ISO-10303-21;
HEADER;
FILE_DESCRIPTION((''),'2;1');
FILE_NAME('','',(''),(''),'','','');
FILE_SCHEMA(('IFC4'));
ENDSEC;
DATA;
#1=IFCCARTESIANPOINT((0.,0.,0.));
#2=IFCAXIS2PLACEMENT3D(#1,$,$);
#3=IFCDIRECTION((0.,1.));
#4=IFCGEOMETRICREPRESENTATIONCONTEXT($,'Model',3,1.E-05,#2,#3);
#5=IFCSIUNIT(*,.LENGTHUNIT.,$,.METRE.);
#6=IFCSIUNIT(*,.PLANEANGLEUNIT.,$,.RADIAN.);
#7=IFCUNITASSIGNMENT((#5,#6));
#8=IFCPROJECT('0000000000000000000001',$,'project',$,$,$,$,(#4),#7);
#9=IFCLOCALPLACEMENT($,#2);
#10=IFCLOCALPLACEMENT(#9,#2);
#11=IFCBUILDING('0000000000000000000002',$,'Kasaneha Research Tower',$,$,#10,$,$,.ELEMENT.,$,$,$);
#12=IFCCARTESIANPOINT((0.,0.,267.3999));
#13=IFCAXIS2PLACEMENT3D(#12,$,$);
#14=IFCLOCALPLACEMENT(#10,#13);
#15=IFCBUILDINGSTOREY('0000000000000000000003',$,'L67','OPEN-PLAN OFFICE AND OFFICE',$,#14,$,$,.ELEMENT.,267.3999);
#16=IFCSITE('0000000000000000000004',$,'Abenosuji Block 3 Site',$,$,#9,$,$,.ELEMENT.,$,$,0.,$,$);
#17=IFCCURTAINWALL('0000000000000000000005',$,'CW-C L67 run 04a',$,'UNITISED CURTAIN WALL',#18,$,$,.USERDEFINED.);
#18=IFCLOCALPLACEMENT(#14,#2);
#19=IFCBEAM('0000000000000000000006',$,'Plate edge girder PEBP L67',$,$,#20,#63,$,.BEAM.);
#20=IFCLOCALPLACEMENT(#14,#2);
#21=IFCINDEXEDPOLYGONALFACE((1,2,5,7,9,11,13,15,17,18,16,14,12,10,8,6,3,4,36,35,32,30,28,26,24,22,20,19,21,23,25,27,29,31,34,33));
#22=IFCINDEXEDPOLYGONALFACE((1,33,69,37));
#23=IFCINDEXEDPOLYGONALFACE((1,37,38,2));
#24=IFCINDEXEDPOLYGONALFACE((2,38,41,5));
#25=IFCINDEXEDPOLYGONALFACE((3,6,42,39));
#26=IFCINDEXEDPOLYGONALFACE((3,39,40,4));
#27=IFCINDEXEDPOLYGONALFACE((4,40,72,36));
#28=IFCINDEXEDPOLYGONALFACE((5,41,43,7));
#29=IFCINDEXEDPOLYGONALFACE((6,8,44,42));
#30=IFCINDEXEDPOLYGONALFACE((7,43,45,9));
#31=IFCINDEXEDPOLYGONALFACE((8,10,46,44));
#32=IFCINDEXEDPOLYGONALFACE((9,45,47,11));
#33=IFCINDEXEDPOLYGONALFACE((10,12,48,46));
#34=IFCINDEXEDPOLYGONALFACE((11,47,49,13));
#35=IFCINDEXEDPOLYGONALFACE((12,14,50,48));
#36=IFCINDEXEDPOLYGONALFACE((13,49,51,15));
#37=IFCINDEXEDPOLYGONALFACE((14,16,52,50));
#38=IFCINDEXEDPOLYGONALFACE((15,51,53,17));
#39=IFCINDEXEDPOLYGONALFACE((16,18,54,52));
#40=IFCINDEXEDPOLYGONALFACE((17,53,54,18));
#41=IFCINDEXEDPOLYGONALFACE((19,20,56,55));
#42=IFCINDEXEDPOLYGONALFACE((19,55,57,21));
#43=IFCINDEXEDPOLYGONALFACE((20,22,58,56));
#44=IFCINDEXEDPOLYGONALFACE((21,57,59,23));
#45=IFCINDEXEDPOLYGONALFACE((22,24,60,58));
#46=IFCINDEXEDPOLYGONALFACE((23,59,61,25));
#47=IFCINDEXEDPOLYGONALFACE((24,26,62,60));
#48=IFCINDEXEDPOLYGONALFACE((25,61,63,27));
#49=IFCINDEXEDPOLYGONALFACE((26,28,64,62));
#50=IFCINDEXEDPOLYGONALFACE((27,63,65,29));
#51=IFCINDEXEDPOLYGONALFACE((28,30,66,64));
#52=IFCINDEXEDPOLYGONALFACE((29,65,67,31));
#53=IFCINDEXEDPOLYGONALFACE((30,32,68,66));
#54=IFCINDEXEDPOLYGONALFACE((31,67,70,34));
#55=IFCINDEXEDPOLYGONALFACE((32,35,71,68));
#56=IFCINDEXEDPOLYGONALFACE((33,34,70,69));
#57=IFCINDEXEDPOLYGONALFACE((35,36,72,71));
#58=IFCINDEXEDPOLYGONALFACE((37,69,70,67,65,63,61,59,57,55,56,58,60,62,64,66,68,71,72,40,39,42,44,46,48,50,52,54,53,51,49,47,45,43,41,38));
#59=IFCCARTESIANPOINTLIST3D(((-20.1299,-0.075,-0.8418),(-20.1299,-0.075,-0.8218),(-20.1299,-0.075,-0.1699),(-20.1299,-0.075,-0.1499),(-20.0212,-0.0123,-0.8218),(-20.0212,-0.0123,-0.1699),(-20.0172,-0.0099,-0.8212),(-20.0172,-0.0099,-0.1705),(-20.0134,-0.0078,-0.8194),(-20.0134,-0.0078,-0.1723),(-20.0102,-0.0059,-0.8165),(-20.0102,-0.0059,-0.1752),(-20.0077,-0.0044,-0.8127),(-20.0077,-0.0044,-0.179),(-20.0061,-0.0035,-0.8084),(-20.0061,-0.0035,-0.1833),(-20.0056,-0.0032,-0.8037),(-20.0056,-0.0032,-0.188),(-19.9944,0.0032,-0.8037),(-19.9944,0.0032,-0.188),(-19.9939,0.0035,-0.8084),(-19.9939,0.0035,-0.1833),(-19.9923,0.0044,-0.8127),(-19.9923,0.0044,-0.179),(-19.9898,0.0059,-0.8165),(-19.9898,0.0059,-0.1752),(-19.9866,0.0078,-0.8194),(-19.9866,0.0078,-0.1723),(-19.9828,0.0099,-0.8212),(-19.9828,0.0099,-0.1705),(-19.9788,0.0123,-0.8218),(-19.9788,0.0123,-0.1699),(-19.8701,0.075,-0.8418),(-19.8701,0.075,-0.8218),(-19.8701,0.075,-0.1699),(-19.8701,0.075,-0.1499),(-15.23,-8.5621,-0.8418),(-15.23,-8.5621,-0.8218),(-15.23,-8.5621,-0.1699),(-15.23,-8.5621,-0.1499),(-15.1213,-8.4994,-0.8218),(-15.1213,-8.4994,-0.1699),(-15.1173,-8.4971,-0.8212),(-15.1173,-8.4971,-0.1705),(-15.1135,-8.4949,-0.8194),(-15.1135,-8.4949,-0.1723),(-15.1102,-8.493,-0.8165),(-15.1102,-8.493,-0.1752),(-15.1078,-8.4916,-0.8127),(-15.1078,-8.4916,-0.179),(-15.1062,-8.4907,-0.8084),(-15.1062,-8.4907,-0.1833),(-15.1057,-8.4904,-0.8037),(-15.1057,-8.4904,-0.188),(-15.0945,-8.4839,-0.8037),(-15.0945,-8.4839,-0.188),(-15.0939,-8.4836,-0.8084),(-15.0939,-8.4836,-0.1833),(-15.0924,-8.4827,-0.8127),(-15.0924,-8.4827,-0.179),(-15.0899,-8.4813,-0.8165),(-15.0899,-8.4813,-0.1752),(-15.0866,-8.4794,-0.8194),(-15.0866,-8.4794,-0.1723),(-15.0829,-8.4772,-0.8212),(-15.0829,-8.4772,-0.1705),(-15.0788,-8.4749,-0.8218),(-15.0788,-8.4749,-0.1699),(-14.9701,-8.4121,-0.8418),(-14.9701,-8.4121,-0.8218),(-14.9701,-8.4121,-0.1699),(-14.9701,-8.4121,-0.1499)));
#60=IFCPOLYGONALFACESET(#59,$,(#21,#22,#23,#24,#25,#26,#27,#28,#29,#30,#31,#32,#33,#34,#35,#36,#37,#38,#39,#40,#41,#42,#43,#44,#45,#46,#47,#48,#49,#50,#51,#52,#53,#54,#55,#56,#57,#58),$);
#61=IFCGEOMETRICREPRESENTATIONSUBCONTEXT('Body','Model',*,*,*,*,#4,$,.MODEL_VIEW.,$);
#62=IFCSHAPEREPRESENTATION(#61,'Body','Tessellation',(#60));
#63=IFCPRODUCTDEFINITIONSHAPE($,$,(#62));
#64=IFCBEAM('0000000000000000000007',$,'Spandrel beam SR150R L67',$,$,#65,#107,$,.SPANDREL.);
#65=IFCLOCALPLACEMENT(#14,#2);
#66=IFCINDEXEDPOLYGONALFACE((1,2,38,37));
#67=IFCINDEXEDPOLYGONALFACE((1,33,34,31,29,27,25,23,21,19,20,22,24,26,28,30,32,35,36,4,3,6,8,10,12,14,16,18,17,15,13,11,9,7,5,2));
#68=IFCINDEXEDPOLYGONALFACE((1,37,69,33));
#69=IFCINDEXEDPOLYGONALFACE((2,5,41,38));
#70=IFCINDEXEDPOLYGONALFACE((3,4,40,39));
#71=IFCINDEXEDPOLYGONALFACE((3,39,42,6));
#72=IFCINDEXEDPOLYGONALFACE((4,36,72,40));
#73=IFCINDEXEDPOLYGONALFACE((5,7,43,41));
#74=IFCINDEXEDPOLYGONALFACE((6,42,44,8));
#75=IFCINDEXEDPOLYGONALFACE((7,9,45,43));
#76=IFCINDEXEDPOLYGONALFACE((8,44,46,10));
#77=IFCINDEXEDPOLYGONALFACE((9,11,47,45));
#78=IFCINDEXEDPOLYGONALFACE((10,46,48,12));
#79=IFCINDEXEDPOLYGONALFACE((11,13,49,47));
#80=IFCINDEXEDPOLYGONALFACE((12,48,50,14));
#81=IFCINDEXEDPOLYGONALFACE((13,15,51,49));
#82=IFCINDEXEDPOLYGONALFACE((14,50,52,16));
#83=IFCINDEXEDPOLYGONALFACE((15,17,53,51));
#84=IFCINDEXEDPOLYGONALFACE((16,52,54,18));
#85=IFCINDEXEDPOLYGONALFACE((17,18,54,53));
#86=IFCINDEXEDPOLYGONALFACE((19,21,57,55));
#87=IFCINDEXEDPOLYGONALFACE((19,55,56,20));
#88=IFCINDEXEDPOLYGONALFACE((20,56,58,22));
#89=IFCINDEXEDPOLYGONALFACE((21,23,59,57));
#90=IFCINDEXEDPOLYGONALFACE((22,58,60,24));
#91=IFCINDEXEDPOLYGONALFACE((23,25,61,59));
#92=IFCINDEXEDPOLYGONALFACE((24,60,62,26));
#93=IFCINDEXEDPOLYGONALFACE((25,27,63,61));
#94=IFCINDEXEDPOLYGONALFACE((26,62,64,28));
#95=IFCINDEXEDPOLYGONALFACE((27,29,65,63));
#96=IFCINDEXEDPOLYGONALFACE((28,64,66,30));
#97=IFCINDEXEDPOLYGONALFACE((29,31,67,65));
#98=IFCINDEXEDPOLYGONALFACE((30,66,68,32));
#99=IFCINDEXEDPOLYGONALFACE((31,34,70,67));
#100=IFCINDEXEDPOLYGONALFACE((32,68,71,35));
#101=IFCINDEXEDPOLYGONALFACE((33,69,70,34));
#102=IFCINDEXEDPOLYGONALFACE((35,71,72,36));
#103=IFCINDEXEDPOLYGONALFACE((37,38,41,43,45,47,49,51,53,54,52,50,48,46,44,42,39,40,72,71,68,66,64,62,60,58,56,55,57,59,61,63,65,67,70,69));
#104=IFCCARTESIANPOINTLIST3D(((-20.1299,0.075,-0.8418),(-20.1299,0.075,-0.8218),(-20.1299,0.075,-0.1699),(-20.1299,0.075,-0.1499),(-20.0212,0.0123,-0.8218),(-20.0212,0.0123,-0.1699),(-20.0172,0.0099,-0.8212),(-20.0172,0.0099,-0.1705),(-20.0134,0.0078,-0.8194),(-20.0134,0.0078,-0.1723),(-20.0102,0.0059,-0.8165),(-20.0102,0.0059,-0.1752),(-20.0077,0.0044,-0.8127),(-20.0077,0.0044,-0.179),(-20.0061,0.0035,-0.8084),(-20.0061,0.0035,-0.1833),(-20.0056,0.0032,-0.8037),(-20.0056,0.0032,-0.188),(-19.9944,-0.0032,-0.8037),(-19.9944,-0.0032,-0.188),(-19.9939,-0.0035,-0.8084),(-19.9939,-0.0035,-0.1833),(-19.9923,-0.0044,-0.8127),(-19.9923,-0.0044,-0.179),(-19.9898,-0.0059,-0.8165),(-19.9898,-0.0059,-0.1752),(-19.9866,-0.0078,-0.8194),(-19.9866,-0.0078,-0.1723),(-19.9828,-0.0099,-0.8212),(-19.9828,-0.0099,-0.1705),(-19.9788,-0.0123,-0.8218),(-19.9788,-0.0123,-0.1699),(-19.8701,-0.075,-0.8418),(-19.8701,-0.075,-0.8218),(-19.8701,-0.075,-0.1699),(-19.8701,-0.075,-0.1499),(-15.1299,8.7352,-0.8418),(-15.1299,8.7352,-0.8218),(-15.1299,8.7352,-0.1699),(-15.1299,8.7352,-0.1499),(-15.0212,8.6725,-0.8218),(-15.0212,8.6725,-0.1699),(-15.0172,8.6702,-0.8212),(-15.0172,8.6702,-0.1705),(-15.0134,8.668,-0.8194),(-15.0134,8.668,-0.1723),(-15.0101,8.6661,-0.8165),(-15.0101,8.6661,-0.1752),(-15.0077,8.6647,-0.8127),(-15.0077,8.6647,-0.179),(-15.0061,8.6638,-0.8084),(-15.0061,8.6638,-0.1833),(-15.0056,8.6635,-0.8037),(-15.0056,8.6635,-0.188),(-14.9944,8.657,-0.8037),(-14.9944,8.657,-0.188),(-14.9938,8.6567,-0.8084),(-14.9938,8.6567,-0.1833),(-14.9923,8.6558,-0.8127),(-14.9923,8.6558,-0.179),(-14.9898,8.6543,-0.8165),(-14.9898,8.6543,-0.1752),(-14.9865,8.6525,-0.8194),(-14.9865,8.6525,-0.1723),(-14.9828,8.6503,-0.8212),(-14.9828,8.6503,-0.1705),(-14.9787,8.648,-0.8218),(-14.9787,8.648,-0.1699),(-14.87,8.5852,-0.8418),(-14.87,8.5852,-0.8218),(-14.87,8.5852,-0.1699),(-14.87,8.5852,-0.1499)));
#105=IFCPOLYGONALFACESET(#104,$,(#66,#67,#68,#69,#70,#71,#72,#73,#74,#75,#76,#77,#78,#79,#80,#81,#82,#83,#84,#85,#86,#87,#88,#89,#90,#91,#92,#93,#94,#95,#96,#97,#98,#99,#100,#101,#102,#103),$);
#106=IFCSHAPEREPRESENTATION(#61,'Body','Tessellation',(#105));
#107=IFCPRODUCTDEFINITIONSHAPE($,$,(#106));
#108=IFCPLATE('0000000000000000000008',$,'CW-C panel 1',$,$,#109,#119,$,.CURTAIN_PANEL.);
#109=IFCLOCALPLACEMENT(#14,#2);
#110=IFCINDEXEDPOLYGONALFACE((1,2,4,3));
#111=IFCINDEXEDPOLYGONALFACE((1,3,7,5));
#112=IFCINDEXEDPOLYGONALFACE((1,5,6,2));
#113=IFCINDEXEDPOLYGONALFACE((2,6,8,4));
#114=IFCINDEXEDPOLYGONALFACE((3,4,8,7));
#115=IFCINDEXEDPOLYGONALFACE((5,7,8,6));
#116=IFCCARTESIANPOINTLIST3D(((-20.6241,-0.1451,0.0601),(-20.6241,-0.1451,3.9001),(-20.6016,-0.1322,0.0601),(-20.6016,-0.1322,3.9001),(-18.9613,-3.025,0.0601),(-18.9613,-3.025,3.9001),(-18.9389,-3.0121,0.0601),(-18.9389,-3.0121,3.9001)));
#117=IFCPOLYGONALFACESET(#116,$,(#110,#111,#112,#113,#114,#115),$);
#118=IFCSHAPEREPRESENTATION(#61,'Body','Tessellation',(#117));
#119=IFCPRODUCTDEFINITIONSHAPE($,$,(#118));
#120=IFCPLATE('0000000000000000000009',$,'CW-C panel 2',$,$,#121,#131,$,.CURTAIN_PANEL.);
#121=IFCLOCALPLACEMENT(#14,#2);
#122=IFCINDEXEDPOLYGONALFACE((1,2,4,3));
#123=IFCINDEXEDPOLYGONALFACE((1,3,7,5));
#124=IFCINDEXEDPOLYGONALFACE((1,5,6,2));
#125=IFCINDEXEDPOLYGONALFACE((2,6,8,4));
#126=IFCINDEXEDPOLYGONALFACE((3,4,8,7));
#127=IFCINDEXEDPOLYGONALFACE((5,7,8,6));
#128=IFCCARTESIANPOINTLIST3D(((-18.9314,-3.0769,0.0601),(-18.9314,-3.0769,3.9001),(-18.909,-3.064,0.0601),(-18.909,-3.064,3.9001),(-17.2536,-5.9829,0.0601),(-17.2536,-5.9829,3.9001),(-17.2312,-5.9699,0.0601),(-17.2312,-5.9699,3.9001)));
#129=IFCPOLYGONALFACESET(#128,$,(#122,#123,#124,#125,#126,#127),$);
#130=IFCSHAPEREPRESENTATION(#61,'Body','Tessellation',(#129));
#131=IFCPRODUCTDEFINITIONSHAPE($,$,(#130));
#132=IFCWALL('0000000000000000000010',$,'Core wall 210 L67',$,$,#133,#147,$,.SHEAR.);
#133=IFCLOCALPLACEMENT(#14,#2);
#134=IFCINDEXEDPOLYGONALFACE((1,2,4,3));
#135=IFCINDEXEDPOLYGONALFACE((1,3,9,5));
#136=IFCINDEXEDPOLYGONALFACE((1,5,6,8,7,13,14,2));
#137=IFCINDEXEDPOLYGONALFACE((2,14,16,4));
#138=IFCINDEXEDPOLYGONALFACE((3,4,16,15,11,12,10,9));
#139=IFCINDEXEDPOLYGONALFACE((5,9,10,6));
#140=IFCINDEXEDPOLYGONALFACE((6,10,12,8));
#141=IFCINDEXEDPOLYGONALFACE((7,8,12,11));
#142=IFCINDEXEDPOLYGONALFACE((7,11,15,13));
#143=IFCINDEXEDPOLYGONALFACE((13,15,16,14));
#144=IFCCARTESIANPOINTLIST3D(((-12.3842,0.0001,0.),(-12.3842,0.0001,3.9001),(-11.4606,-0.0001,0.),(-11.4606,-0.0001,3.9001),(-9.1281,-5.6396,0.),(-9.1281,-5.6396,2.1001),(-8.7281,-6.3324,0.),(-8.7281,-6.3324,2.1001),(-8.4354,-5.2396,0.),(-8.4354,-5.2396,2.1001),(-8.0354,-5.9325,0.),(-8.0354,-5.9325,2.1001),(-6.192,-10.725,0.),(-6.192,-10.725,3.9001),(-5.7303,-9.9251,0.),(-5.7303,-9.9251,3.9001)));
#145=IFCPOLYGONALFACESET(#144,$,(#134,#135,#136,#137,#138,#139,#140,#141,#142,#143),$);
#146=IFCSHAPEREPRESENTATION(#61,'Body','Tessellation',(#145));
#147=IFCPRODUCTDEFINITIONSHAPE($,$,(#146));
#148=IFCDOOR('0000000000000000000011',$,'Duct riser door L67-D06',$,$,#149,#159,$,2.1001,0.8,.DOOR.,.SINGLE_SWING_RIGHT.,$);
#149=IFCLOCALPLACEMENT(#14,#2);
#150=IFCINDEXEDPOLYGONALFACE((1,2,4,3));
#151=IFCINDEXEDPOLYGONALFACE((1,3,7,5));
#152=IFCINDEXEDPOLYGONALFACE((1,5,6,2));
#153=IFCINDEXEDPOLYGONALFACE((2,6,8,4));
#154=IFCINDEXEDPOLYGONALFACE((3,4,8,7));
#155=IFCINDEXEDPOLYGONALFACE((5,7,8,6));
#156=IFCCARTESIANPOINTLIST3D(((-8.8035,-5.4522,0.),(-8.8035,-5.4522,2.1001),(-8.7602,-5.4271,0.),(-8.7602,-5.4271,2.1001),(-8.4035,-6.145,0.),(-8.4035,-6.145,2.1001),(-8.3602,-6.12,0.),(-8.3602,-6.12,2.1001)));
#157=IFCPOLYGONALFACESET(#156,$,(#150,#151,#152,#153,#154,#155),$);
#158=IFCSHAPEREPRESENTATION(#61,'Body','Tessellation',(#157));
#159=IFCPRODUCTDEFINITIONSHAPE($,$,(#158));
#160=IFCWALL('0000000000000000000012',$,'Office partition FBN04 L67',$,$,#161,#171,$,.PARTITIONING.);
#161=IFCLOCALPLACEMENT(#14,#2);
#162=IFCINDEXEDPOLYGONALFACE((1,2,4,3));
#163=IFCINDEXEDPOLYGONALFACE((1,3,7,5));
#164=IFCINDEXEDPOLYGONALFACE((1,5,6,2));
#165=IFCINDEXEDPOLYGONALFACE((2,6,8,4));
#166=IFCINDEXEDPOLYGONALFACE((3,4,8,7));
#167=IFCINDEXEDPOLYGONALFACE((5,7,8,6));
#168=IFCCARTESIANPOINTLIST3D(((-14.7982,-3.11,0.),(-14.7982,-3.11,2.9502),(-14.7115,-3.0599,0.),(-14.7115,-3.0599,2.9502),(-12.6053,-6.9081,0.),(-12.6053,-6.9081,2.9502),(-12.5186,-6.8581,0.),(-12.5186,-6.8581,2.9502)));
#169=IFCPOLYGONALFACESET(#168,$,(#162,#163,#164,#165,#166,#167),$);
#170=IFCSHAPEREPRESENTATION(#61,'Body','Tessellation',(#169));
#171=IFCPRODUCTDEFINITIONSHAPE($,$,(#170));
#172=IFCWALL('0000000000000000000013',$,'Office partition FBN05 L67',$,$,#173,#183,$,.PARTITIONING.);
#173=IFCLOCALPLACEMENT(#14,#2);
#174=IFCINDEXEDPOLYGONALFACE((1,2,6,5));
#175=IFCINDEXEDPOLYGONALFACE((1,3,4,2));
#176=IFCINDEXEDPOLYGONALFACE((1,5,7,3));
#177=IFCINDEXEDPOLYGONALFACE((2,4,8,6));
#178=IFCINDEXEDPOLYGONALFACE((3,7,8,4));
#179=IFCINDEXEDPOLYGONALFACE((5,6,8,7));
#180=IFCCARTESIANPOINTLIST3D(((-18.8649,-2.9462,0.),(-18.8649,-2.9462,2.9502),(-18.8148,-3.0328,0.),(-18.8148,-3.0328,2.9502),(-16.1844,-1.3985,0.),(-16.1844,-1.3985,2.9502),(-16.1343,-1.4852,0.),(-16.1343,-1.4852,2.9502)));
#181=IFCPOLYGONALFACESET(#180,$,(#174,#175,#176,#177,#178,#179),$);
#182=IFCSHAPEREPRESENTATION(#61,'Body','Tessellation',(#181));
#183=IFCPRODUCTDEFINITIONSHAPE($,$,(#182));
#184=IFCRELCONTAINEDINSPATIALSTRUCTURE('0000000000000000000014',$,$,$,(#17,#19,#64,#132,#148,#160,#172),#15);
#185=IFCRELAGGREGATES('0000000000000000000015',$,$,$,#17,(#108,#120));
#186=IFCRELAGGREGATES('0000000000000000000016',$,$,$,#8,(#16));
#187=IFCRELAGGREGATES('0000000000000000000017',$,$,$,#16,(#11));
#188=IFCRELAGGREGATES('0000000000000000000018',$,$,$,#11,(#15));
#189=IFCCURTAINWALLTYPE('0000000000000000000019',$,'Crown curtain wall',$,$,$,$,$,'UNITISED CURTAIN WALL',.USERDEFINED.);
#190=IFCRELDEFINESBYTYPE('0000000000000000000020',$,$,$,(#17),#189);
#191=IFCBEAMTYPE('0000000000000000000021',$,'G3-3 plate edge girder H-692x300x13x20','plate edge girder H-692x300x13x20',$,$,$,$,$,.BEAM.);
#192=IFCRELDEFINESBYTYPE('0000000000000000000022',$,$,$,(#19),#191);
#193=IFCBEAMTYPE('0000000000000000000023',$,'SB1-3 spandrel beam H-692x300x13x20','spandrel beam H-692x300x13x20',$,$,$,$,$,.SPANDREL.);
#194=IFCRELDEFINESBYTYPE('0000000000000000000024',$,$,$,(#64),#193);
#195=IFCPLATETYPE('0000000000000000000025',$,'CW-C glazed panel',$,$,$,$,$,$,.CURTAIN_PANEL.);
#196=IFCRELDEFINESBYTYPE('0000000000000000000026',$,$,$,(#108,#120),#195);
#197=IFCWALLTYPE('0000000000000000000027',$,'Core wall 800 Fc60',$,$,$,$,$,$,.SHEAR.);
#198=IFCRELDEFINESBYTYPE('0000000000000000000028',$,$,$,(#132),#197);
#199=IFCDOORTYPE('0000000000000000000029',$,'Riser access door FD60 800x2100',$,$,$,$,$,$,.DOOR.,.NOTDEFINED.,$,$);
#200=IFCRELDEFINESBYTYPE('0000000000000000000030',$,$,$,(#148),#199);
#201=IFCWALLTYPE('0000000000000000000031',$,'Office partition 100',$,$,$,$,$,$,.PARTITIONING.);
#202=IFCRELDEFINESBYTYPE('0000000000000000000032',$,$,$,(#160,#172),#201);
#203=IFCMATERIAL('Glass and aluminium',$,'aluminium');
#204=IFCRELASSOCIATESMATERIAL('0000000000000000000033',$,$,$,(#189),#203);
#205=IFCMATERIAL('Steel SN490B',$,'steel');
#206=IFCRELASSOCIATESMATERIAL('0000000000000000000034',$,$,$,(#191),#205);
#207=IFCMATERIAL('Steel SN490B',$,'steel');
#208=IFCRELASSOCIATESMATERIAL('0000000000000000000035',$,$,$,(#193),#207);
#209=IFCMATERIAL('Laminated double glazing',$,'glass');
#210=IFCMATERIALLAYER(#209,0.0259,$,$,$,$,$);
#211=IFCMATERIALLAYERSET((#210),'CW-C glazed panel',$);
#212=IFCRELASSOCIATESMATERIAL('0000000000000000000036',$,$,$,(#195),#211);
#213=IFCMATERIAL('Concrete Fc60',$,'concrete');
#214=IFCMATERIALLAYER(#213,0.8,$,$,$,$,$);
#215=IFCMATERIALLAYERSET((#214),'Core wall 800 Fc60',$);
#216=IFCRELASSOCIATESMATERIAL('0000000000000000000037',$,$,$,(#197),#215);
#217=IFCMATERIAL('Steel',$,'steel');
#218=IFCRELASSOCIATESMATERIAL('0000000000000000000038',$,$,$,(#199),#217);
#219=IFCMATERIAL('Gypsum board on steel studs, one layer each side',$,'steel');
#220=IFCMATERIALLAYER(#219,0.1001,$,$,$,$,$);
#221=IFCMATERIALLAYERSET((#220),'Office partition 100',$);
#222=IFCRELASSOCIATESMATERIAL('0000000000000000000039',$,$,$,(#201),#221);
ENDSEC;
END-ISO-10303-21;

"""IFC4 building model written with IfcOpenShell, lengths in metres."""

from ifc_helpers import new_model, si_unit, direction, frame, frame_2d, origin, origin_2d, place, context, subcontext, project, spatial, polyline, rectangle, i_section, outline, extrude, material, layer, layer_set, material_profile, profile_set, type_object, element, fill, aggregate, save


model = new_model("IFC4")

# Units and contexts
model_context = context("Model", 3, precision=1e-05, world=origin(), true_north=direction((0.0, 1.0)))
body_context = subcontext(model_context, "Body", "Model", "MODEL_VIEW")
ifc_project = project(units=[si_unit("LENGTHUNIT", "METRE"), si_unit("PLANEANGLEUNIT", "RADIAN")], contexts=[model_context])

# Site, building, storey
site_placement = place(None, origin())
site = spatial("IfcSite", under=ifc_project, at=site_placement, Name="Abenosuji Block 3 Site", CompositionType="ELEMENT", RefElevation=0.0)
building_placement = place(site_placement, origin())
building = spatial("IfcBuilding", under=site, at=building_placement, Name="Kasaneha Research Tower", CompositionType="ELEMENT")
storey_placement = place(building_placement, frame((0.0, 0.0, 267.3999)))
storey = spatial("IfcBuildingStorey", under=building, at=storey_placement, Name="L67", Description="OPEN-PLAN OFFICE AND OFFICE", CompositionType="ELEMENT", Elevation=267.3999)

# Curtain wall
ifc_material_1 = material(Name="Glass and aluminium", Category="aluminium")
curtain_wall_type = type_object("IfcCurtainWallType", Name="Crown curtain wall", ElementType="UNITISED CURTAIN WALL", PredefinedType="USERDEFINED", material=ifc_material_1)
curtain_wall_placement = place(storey_placement, origin())
curtain_wall = element("IfcCurtainWall", 1, at=curtain_wall_placement, inside=storey, type_object=curtain_wall_type, Name="CW-C L67 run 04a", ObjectType="UNITISED CURTAIN WALL", PredefinedType="USERDEFINED")

# Beams
ifc_material_2 = material(Name="Steel SN490B", Category="steel")
ifc_material_profile_1 = material_profile(ifc_material_2, i_section(OverallWidth=0.3, OverallDepth=0.6919, WebThickness=0.0129, FlangeThickness=0.02, FilletRadius=0.0181, at=origin_2d()), Name="H-692x300x13x20")
ifc_profile_set_1 = profile_set([ifc_material_profile_1], Name="Steel SN490B")
beam_type_1 = type_object("IfcBeamType", Name="G3-3 plate edge girder H-692x300x13x20", Description="plate edge girder H-692x300x13x20", PredefinedType="BEAM", material=ifc_profile_set_1)
beam_1_placement = place(storey_placement, frame((-20.0, 0.0, -0.4958), z_axis=(0.499992, -0.86603, 0.0), x_axis=(0.86603, 0.499992, 0.0)))
element("IfcBeam", 2, at=beam_1_placement, inside=storey, type_object=beam_type_1, Name="Plate edge girder PEBP L67", PredefinedType="BEAM", context=body_context, shape_type="SweptSolid", body=[
    extrude(i_section(OverallWidth=0.3, OverallDepth=0.6919, WebThickness=0.0129, FlangeThickness=0.02, FilletRadius=0.0181, at=origin_2d()), origin(), (0.0, 0.0, 1.0), 9.8),
])
ifc_material_3 = material(Name="Steel SN490B", Category="steel")
ifc_material_profile_2 = material_profile(ifc_material_3, i_section(OverallWidth=0.3, OverallDepth=0.6919, WebThickness=0.0129, FlangeThickness=0.02, FilletRadius=0.0181, at=origin_2d()), Name="H-692x300x13x20")
ifc_profile_set_2 = profile_set([ifc_material_profile_2], Name="Steel SN490B")
beam_type_2 = type_object("IfcBeamType", Name="SB1-3 spandrel beam H-692x300x13x20", Description="spandrel beam H-692x300x13x20", PredefinedType="SPANDREL", material=ifc_profile_set_2)
beam_2_placement = place(storey_placement, frame((-20.0, 0.0, -0.4958), z_axis=(0.500004, 0.866023, 0.0), x_axis=(-0.866023, 0.500004, 0.0)))
element("IfcBeam", 3, at=beam_2_placement, inside=storey, type_object=beam_type_2, Name="Spandrel beam SR150R L67", PredefinedType="SPANDREL", context=body_context, shape_type="SweptSolid", body=[
    extrude(i_section(OverallWidth=0.3, OverallDepth=0.6919, WebThickness=0.0129, FlangeThickness=0.02, FilletRadius=0.0181, at=origin_2d()), origin(), (0.0, 0.0, 1.0), 10.0),
])

# Plates
ifc_material_4 = material(Name="Laminated double glazing", Category="glass")
ifc_layer_1 = layer(ifc_material_4, 0.0259)
ifc_layer_set_1 = layer_set([ifc_layer_1], Name="CW-C glazed panel")
plate_type = type_object("IfcPlateType", Name="CW-C glazed panel", PredefinedType="CURTAIN_PANEL", material=ifc_layer_set_1)
plate_1_placement = place(storey_placement, frame((-19.7815, -1.5786, 0.0601), z_axis=(0.0, 0.0, 1.0), x_axis=(0.5, -0.866025, 0.0)))
plate_1 = element("IfcPlate", 4, at=plate_1_placement, type_object=plate_type, Name="CW-C panel 1", PredefinedType="CURTAIN_PANEL", context=body_context, shape_type="SweptSolid", body=[
    extrude(rectangle(XDim=3.3254, YDim=0.0259, at=origin_2d()), origin(), (0.0, 0.0, 1.0), 3.8401),
])
plate_2_placement = place(storey_placement, frame((-18.0813, -4.5234, 0.0601), z_axis=(0.0, 0.0, 1.0), x_axis=(0.5, -0.866025, 0.0)))
plate_2 = element("IfcPlate", 5, at=plate_2_placement, type_object=plate_type, Name="CW-C panel 2", PredefinedType="CURTAIN_PANEL", context=body_context, shape_type="SweptSolid", body=[
    extrude(rectangle(XDim=3.3555, YDim=0.0259, at=origin_2d()), origin(), (0.0, 0.0, 1.0), 3.8401),
])
aggregate(curtain_wall, [plate_1, plate_2])

# Wall, opening, door
ifc_material_5 = material(Name="Concrete Fc60", Category="concrete")
ifc_layer_2 = layer(ifc_material_5, 0.8)
ifc_layer_set_2 = layer_set([ifc_layer_2], Name="Core wall 800 Fc60")
wall_type_1 = type_object("IfcWallType", Name="Core wall 800 Fc60", PredefinedType="SHEAR", material=ifc_layer_set_2)
wall_1_placement = place(storey_placement, frame((-11.9224, 0.0, 0.0), z_axis=(0.0, 0.0, 1.0), x_axis=(0.500004, -0.866023, 0.0)))
wall_1 = element("IfcWall", 6, at=wall_1_placement, inside=storey, type_object=wall_type_1, Name="Core wall 210 L67", PredefinedType="SHEAR", context=body_context, shape_type="SweptSolid", body=[
    extrude(outline(polyline([(-0.231, -0.3999), (6.2812, -0.3999), (7.0813, -0.3999), (12.1533, -0.3999), (11.6914, 0.3999), (7.0813, 0.3999), (6.2812, 0.3999), (0.231, 0.3999), (-0.231, -0.3999)])), origin(), (0.0, 0.0, 1.0), 3.9001),
])
opening_1_placement = place(wall_1_placement, frame((6.2812, 0.0, 0.0)))
opening_1 = element("IfcOpeningElement", 7, at=opening_1_placement, cuts=wall_1, PredefinedType="OPENING", context=body_context, shape_type="SweptSolid", body=[
    extrude(rectangle(XDim=0.8, YDim=2.1001, at=frame_2d((0.3999, 1.05))), frame((0.0, 0.4102, 0.0), z_axis=(0.0, -1.0, 0.0), x_axis=(1.0, 0.0, 0.0)), (0.0, 0.0, 1.0), 0.8201),
])
ifc_material_6 = material(Name="Steel", Category="steel")
door_type_1 = type_object("IfcDoorType", Name="Riser access door FD60 800x2100", OperationType="NOTDEFINED", PredefinedType="DOOR", material=ifc_material_6)
door_1_placement = place(opening_1_placement, origin())
door_1 = element("IfcDoor", 8, at=door_1_placement, inside=storey, type_object=door_type_1, Name="Duct riser door L67-D06", OperationType="SINGLE_SWING_RIGHT", OverallHeight=2.1001, OverallWidth=0.8, PredefinedType="DOOR", context=body_context, shape_type="SweptSolid", body=[
    extrude(rectangle(XDim=0.8, YDim=2.1001, at=frame_2d((0.3999, 1.05))), frame((0.0, 0.0249, 0.0), z_axis=(0.0, -1.0, 0.0), x_axis=(1.0, 0.0, 0.0)), (0.0, 0.0, 1.0), 0.05),
])
fill(opening_1, door_1)

# Walls
ifc_material_7 = material(Name="Gypsum board on steel studs, one layer each side", Category="steel")
ifc_layer_3 = layer(ifc_material_7, 0.1001)
ifc_layer_set_3 = layer_set([ifc_layer_3], Name="Office partition 100")
wall_type_2 = type_object("IfcWallType", Name="Office partition 100", PredefinedType="PARTITIONING", material=ifc_layer_set_3)
wall_2_placement = place(storey_placement, frame((-14.7549, -3.085, 0.0), z_axis=(0.0, 0.0, 1.0), x_axis=(0.500007, -0.866022, 0.0)))
element("IfcWall", 9, at=wall_2_placement, inside=storey, type_object=wall_type_2, Name="Office partition FBN04 L67", PredefinedType="PARTITIONING", context=body_context, shape_type="SweptSolid", body=[
    extrude(rectangle(XDim=4.3857, YDim=0.1001, at=frame_2d((2.1929, 0.0))), origin(), (0.0, 0.0, 1.0), 2.9502),
])
wall_3_placement = place(storey_placement, frame((-18.8398, -2.9895, 0.0), z_axis=(0.0, 0.0, 1.0), x_axis=(0.866016, 0.500016, 0.0)))
element("IfcWall", 10, at=wall_3_placement, inside=storey, type_object=wall_type_2, Name="Office partition FBN05 L67", PredefinedType="PARTITIONING", context=body_context, shape_type="SweptSolid", body=[
    extrude(rectangle(XDim=3.0952, YDim=0.1001, at=frame_2d((1.5476, 0.0))), origin(), (0.0, 0.0, 1.0), 2.9502),
])

save(model, "model.ifc")
